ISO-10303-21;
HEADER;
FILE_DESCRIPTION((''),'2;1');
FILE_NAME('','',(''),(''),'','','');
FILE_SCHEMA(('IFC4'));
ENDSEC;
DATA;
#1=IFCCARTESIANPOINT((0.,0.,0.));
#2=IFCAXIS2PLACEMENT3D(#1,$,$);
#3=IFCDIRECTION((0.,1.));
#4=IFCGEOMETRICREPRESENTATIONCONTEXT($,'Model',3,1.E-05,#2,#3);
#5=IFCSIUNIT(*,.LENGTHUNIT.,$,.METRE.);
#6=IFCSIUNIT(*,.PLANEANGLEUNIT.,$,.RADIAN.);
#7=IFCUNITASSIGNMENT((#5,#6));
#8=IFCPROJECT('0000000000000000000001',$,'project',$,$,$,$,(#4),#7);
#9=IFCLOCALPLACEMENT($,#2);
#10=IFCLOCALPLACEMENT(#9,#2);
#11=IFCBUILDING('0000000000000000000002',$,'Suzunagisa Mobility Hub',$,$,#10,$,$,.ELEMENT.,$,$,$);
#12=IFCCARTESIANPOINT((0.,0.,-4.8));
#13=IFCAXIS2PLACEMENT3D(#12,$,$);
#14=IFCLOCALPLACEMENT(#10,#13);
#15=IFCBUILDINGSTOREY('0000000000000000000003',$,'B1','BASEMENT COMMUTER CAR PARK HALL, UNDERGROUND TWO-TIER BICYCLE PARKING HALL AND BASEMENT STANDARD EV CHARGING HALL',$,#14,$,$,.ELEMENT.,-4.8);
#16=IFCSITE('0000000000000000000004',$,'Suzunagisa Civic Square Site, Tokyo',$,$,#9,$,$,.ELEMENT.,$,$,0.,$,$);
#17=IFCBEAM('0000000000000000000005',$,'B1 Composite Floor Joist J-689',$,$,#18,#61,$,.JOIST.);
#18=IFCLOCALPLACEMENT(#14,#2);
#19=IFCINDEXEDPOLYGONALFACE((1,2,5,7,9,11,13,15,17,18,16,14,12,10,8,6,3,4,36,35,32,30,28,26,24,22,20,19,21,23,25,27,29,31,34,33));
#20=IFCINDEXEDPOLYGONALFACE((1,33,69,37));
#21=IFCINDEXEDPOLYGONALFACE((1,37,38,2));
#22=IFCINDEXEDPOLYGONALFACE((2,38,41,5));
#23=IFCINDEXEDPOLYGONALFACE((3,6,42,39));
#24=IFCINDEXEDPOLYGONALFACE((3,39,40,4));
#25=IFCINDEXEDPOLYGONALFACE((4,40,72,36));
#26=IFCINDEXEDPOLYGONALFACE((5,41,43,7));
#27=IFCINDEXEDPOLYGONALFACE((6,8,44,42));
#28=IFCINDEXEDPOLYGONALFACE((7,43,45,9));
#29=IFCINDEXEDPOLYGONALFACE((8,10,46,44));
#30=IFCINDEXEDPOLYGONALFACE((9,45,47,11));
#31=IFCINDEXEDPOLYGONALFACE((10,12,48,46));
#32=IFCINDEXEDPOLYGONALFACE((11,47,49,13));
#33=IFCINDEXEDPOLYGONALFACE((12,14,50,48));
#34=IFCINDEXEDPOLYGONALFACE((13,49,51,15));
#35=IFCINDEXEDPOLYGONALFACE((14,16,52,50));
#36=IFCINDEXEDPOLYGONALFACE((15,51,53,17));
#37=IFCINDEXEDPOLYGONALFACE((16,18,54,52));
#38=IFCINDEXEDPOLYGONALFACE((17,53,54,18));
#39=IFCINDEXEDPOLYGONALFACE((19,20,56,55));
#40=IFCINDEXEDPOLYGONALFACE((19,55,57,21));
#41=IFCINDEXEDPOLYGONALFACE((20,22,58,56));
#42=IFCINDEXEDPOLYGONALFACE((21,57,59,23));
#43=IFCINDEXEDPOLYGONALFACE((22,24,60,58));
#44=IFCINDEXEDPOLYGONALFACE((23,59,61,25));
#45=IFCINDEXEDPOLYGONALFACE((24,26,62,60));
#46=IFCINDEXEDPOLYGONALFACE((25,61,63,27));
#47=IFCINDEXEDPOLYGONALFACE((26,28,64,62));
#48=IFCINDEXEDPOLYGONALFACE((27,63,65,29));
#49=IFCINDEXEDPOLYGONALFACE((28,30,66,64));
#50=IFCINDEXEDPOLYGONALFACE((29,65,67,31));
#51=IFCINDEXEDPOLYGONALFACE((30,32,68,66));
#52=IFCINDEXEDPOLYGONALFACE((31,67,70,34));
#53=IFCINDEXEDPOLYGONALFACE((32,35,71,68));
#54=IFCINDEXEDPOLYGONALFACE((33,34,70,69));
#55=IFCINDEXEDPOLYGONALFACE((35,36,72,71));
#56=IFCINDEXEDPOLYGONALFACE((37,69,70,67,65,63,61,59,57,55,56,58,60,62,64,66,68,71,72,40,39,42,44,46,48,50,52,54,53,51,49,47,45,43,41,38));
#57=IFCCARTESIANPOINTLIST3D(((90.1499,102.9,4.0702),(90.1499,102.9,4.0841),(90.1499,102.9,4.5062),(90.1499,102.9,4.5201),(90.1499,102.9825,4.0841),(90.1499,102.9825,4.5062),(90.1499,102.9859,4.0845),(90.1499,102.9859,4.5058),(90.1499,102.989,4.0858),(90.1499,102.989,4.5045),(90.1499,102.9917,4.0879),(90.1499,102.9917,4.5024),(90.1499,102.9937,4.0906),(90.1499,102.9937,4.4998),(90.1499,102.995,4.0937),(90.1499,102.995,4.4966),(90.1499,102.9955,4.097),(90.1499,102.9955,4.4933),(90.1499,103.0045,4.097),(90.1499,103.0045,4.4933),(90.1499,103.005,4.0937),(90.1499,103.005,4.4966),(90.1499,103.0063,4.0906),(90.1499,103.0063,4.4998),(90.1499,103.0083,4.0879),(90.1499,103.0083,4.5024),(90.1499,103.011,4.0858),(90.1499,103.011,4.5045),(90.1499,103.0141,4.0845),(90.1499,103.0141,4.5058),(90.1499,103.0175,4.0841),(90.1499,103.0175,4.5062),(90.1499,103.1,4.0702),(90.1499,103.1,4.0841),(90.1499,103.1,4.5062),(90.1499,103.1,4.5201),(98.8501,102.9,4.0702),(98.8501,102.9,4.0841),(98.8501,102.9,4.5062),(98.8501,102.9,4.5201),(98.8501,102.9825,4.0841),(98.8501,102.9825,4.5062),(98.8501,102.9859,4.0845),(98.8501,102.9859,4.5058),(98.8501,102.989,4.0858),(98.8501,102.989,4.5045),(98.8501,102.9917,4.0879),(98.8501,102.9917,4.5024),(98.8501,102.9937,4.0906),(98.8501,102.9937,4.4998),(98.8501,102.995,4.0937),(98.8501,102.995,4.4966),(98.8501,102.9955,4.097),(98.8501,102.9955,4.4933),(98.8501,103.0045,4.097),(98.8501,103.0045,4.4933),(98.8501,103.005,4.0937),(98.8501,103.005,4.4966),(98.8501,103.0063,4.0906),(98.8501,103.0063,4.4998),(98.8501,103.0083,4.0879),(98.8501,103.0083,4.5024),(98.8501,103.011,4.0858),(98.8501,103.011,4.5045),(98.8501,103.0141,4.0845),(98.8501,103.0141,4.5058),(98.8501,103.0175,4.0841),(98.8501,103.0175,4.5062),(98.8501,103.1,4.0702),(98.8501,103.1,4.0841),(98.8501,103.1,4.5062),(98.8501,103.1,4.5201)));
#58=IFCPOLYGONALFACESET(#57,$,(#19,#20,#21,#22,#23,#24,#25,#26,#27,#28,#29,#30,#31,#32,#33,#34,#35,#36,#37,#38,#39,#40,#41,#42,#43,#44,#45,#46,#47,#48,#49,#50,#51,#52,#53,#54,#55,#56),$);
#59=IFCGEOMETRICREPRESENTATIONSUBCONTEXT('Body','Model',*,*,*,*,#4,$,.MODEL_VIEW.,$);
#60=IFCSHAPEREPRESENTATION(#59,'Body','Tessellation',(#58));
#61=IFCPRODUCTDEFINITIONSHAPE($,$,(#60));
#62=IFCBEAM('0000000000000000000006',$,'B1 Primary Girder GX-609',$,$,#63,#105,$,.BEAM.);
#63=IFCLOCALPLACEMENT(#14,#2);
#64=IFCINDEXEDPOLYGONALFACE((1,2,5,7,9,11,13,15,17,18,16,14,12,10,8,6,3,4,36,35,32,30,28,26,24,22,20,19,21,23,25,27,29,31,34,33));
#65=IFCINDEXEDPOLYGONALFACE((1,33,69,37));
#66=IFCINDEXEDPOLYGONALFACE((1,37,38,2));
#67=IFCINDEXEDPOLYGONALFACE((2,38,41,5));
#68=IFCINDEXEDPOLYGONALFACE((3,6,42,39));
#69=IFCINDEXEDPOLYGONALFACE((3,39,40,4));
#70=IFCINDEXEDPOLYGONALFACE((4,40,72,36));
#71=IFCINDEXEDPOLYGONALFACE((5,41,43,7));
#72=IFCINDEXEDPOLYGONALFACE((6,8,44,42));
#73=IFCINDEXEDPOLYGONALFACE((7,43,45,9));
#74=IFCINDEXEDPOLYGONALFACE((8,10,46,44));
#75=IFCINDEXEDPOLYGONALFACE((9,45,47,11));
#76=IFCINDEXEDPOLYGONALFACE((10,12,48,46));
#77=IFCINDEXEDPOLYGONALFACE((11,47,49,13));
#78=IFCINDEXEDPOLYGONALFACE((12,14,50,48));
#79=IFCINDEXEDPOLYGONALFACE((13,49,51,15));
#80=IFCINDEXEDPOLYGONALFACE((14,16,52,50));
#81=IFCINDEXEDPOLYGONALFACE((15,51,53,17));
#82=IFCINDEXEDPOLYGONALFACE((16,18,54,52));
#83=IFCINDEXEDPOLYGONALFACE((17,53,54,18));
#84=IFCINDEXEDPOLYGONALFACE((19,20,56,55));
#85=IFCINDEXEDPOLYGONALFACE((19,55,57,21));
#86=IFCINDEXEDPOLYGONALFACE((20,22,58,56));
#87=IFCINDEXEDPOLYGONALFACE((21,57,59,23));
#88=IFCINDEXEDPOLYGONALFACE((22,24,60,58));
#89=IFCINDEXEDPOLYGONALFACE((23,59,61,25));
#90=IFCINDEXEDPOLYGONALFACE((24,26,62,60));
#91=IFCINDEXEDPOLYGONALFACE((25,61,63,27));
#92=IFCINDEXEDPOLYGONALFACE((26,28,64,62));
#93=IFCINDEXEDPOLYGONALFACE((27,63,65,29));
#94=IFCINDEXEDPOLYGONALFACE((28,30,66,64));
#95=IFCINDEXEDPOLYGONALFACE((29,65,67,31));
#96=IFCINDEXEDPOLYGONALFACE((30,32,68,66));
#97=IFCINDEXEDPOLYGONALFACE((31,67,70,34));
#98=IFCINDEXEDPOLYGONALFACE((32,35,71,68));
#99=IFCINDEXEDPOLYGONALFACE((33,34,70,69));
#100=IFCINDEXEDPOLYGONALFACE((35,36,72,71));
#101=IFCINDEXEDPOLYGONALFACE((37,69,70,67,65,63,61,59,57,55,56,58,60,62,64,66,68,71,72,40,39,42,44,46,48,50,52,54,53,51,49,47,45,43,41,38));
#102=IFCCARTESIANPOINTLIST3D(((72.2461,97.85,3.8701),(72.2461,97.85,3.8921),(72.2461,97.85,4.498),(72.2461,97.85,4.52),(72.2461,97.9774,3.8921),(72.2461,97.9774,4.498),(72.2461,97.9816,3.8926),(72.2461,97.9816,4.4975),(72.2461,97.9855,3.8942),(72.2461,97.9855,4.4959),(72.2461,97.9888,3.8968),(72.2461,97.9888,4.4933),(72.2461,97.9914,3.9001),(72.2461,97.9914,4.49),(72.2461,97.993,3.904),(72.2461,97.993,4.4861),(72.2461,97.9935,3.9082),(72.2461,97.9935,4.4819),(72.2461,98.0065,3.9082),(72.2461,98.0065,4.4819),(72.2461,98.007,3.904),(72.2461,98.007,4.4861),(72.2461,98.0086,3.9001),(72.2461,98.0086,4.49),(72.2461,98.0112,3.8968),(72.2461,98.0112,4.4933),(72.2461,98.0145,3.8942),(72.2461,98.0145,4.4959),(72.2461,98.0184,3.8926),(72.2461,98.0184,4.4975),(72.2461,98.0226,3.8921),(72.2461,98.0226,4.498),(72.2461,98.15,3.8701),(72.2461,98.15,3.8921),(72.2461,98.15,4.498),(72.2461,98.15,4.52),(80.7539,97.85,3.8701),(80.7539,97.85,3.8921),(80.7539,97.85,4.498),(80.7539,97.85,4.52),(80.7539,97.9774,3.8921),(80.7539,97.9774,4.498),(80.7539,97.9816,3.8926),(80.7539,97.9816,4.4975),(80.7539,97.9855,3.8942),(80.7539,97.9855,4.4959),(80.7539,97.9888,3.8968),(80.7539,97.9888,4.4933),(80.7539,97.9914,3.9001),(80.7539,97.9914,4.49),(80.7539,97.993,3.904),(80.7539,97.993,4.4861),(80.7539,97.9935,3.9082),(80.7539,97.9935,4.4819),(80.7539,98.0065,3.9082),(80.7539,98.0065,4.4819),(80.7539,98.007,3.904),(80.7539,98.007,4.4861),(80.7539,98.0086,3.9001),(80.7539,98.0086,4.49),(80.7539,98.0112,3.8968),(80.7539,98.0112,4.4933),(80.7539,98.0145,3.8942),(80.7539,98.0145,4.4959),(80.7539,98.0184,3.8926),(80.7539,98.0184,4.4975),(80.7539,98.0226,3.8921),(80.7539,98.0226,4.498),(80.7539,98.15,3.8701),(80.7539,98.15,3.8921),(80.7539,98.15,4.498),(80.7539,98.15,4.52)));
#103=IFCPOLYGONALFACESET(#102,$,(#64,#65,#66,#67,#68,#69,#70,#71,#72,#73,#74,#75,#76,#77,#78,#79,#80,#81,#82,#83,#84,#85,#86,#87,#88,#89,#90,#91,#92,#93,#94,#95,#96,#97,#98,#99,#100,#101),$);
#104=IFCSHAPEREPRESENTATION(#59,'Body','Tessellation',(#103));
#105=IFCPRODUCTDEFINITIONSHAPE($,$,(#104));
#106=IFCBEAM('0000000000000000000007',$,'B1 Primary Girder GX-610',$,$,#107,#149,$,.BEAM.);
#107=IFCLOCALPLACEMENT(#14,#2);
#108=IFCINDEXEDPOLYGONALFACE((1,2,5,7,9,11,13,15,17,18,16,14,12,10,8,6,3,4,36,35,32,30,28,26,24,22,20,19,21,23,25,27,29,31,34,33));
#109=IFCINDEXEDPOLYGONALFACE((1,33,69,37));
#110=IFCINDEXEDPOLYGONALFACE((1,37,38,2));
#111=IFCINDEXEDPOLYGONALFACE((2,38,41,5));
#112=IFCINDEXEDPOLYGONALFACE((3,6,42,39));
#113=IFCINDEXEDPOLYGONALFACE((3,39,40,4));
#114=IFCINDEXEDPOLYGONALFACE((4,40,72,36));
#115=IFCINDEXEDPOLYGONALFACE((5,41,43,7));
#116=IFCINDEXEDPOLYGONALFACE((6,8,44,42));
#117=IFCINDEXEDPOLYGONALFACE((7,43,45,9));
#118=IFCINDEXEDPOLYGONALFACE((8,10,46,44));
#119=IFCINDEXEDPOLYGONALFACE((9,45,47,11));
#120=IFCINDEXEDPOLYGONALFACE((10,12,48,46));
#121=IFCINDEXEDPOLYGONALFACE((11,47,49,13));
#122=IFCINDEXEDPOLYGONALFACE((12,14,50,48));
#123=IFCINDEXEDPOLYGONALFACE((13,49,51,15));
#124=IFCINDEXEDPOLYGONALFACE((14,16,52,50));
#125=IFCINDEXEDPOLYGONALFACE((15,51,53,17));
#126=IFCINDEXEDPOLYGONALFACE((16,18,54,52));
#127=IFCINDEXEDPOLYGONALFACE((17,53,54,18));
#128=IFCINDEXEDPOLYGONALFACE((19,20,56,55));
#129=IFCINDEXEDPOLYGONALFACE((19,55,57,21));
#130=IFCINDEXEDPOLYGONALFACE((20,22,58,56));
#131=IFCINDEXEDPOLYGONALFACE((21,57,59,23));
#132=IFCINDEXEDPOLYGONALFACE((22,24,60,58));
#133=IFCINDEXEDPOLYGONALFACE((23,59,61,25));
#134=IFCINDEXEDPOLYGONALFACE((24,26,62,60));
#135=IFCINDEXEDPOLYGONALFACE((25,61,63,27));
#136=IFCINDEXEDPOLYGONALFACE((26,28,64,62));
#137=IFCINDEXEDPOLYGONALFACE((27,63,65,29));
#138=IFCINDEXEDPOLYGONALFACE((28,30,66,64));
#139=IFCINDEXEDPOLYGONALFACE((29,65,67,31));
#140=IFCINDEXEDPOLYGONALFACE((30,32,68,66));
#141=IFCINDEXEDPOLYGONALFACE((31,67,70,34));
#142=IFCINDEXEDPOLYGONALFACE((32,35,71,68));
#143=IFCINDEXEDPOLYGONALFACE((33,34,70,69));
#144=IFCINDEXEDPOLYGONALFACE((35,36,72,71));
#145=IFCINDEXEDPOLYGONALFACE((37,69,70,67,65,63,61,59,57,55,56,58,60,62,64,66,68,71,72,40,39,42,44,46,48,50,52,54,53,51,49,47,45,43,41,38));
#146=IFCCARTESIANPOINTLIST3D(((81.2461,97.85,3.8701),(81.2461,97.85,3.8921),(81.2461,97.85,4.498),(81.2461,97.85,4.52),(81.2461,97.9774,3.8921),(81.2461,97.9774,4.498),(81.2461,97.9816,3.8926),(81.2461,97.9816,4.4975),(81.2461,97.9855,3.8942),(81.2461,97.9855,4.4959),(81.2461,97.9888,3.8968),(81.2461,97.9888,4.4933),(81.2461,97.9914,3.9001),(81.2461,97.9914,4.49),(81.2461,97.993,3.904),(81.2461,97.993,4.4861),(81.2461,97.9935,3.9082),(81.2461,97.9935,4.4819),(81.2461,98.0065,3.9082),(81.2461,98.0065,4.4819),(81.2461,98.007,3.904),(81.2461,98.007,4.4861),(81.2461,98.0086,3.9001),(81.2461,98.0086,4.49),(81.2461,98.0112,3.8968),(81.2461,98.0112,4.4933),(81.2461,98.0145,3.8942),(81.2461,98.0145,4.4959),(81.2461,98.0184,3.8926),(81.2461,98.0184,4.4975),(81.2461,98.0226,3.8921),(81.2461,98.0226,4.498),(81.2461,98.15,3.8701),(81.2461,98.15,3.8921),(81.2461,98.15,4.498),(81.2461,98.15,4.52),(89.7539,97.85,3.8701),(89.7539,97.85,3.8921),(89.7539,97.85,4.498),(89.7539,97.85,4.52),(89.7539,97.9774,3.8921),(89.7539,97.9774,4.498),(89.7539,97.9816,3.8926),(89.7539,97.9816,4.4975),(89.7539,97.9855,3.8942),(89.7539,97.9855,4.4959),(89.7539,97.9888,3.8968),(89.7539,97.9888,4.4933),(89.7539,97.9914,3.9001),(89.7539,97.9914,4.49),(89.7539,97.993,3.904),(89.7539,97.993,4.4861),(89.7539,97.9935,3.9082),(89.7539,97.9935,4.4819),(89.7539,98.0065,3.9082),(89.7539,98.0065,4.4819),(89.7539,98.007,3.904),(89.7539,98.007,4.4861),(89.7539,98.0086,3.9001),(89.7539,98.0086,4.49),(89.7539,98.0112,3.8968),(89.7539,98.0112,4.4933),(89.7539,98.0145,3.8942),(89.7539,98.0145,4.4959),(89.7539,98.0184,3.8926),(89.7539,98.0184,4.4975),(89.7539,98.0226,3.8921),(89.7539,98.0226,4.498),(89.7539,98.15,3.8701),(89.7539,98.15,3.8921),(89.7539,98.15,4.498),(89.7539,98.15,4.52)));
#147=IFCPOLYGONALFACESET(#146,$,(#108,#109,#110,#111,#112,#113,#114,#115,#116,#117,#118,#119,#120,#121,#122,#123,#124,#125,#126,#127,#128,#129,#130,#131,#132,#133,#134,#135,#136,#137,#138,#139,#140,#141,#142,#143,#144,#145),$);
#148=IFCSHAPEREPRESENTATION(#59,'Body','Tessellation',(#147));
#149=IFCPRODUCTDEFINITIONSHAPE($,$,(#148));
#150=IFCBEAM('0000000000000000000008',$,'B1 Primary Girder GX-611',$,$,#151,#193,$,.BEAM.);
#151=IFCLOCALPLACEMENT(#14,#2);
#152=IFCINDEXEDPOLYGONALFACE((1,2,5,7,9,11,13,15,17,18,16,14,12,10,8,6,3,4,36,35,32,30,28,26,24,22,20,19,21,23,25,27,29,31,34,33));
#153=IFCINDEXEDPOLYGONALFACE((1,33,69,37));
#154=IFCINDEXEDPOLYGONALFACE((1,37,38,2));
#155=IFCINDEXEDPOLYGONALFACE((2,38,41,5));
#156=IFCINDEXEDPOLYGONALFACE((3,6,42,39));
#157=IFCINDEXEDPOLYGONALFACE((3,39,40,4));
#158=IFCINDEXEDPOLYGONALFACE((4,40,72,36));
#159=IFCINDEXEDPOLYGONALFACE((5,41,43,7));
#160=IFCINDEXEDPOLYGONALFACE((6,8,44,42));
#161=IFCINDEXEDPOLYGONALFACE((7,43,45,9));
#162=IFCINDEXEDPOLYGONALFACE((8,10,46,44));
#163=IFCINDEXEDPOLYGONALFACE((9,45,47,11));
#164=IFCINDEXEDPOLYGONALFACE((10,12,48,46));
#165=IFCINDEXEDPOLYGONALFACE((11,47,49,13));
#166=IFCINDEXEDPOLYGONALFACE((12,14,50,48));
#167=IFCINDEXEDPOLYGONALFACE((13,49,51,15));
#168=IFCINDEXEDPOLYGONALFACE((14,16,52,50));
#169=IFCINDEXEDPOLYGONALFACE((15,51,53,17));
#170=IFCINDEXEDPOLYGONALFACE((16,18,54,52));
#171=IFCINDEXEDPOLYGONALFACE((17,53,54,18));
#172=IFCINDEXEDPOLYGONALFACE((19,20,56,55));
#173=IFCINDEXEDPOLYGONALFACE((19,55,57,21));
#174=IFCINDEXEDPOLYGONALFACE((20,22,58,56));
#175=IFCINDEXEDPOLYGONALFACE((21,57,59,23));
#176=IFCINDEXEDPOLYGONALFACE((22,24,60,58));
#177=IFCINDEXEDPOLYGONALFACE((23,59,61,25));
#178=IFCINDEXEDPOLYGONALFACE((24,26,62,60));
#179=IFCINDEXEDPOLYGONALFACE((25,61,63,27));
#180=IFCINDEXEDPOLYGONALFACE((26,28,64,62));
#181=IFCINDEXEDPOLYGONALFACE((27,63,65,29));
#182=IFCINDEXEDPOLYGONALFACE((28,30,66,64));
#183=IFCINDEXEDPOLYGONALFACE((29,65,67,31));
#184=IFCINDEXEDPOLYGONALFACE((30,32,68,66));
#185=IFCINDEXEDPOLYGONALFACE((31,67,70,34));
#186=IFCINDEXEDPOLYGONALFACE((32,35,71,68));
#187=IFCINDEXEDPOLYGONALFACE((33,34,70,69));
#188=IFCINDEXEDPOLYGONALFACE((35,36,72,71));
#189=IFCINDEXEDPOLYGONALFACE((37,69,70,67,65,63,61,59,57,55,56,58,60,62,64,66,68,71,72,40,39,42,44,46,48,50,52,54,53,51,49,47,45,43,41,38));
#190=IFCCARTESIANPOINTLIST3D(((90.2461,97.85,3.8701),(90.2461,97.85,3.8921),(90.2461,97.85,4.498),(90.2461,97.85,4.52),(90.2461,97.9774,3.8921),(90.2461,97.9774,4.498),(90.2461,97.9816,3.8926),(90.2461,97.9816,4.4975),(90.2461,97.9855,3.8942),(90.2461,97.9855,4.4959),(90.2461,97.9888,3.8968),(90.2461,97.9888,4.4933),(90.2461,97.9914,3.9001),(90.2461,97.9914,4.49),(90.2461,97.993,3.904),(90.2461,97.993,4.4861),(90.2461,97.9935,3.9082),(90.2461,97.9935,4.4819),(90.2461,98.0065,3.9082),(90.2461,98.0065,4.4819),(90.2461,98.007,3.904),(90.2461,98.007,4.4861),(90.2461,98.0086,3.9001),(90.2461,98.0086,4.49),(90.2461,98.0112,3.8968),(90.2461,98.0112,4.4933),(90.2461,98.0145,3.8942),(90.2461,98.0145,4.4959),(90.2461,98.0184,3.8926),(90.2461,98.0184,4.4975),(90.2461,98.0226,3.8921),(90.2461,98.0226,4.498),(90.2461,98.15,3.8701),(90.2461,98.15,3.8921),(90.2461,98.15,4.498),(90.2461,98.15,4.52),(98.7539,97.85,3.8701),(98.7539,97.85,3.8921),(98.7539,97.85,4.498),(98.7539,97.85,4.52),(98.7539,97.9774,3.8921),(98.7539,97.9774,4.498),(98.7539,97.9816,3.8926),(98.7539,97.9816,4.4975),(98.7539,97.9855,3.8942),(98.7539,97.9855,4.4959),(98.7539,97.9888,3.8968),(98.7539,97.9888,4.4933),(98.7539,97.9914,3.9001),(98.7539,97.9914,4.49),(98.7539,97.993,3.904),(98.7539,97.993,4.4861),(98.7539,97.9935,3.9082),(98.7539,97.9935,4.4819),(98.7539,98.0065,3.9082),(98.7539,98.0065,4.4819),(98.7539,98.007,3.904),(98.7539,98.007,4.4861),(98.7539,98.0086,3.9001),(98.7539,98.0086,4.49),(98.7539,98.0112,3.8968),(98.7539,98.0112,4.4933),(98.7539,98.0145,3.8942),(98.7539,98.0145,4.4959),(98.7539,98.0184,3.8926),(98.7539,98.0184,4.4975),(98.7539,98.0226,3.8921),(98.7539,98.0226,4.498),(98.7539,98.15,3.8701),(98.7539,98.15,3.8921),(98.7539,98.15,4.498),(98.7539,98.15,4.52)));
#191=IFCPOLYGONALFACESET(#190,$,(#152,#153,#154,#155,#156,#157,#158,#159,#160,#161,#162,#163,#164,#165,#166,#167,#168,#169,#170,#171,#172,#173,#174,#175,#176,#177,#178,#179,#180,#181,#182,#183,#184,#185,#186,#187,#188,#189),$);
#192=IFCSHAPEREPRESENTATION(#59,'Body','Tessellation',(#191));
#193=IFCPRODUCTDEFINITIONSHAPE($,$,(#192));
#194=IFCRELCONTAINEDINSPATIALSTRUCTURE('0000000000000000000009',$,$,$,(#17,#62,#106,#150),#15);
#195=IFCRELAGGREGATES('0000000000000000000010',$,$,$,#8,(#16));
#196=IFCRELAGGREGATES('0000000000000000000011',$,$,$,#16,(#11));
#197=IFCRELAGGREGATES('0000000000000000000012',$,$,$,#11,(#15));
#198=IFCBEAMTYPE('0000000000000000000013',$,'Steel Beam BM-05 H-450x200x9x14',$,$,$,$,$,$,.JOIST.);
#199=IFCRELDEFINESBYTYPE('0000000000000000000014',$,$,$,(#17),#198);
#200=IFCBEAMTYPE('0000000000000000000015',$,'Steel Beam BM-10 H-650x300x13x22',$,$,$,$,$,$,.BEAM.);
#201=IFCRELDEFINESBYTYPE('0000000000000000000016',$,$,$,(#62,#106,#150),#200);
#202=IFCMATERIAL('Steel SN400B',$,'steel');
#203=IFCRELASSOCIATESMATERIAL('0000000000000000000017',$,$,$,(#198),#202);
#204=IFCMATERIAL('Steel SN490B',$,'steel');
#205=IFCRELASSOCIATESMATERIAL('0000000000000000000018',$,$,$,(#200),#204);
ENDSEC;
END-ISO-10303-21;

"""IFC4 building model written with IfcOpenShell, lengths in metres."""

from ifc_helpers import new_model, si_unit, direction, frame, origin, origin_2d, place, context, subcontext, project, spatial, i_section, extrude, material, material_profile, profile_set, type_object, element, save


model = new_model("IFC4")

# Units and contexts
model_context = context("Model", 3, precision=1e-05, world=origin(), true_north=direction((0.0, 1.0)))
body_context = subcontext(model_context, "Body", "Model", "MODEL_VIEW")
ifc_project = project(units=[si_unit("LENGTHUNIT", "METRE"), si_unit("PLANEANGLEUNIT", "RADIAN")], contexts=[model_context])

# Site, building, storey
site_placement = place(None, origin())
site = spatial("IfcSite", under=ifc_project, at=site_placement, Name="Suzunagisa Civic Square Site, Tokyo", CompositionType="ELEMENT", RefElevation=0.0)
building_placement = place(site_placement, origin())
building = spatial("IfcBuilding", under=site, at=building_placement, Name="Suzunagisa Mobility Hub", CompositionType="ELEMENT")
storey_placement = place(building_placement, frame((0.0, 0.0, -4.8)))
storey = spatial("IfcBuildingStorey", under=building, at=storey_placement, Name="B1", Description="BASEMENT COMMUTER CAR PARK HALL, UNDERGROUND TWO-TIER BICYCLE PARKING HALL AND BASEMENT STANDARD EV CHARGING HALL", CompositionType="ELEMENT", Elevation=-4.8)

# Shared definitions
ifc_material_1 = material(Name="Steel SN490B", Category="steel")

# Beams
ifc_material_2 = material(Name="Steel SN400B", Category="steel")
ifc_material_profile_1 = material_profile(ifc_material_2, i_section(OverallWidth=0.2, OverallDepth=0.45, WebThickness=0.009, FlangeThickness=0.0139, FilletRadius=0.0129, at=origin_2d()), Name="H-450x200x9x14")
ifc_profile_set_1 = profile_set([ifc_material_profile_1], Name="Steel SN400B")
beam_type_1 = type_object("IfcBeamType", Name="Steel Beam BM-05 H-450x200x9x14", PredefinedType="JOIST", material=ifc_profile_set_1)
for number, where, z_axis, x_axis, name in (
    (1, (90.1499, 103.0, 4.2952), (1.0, 0.0, 0.0), (0.0, 1.0, 0.0), "B1 Composite Floor Joist J-689"),
):
    element("IfcBeam", number, at=place(storey_placement, frame(where, z_axis=z_axis, x_axis=x_axis)), inside=storey, type_object=beam_type_1, Name=name, PredefinedType="JOIST", context=body_context, shape_type="SweptSolid", body=[
        extrude(i_section(OverallWidth=0.2, OverallDepth=0.45, WebThickness=0.009, FlangeThickness=0.0139, FilletRadius=0.0129, at=origin_2d()), origin(), (0.0, 0.0, 1.0), 8.7002),
    ])
ifc_material_profile_2 = material_profile(ifc_material_1, i_section(OverallWidth=0.3, OverallDepth=0.6499, WebThickness=0.0129, FlangeThickness=0.022, FilletRadius=0.0161, at=origin_2d()), Name="H-650x300x13x22")
ifc_profile_set_2 = profile_set([ifc_material_profile_2], Name="Steel SN490B")
beam_type_2 = type_object("IfcBeamType", Name="Steel Beam BM-10 H-650x300x13x22", PredefinedType="BEAM", material=ifc_profile_set_2)
for number, where, z_axis, x_axis, name in (
    (2, (72.2461, 98.0, 4.1951), (1.0, 0.0, 0.0), (0.0, 1.0, 0.0), "B1 Primary Girder GX-609"),
    (3, (81.2461, 98.0, 4.1951), (1.0, 0.0, 0.0), (0.0, 1.0, 0.0), "B1 Primary Girder GX-610"),
    (4, (90.2461, 98.0, 4.1951), (1.0, 0.0, 0.0), (0.0, 1.0, 0.0), "B1 Primary Girder GX-611"),
):
    element("IfcBeam", number, at=place(storey_placement, frame(where, z_axis=z_axis, x_axis=x_axis)), inside=storey, type_object=beam_type_2, Name=name, PredefinedType="BEAM", context=body_context, shape_type="SweptSolid", body=[
        extrude(i_section(OverallWidth=0.3, OverallDepth=0.6499, WebThickness=0.0129, FlangeThickness=0.022, FilletRadius=0.0161, at=origin_2d()), origin(), (0.0, 0.0, 1.0), 8.5078),
    ])

save(model, "model.ifc")
